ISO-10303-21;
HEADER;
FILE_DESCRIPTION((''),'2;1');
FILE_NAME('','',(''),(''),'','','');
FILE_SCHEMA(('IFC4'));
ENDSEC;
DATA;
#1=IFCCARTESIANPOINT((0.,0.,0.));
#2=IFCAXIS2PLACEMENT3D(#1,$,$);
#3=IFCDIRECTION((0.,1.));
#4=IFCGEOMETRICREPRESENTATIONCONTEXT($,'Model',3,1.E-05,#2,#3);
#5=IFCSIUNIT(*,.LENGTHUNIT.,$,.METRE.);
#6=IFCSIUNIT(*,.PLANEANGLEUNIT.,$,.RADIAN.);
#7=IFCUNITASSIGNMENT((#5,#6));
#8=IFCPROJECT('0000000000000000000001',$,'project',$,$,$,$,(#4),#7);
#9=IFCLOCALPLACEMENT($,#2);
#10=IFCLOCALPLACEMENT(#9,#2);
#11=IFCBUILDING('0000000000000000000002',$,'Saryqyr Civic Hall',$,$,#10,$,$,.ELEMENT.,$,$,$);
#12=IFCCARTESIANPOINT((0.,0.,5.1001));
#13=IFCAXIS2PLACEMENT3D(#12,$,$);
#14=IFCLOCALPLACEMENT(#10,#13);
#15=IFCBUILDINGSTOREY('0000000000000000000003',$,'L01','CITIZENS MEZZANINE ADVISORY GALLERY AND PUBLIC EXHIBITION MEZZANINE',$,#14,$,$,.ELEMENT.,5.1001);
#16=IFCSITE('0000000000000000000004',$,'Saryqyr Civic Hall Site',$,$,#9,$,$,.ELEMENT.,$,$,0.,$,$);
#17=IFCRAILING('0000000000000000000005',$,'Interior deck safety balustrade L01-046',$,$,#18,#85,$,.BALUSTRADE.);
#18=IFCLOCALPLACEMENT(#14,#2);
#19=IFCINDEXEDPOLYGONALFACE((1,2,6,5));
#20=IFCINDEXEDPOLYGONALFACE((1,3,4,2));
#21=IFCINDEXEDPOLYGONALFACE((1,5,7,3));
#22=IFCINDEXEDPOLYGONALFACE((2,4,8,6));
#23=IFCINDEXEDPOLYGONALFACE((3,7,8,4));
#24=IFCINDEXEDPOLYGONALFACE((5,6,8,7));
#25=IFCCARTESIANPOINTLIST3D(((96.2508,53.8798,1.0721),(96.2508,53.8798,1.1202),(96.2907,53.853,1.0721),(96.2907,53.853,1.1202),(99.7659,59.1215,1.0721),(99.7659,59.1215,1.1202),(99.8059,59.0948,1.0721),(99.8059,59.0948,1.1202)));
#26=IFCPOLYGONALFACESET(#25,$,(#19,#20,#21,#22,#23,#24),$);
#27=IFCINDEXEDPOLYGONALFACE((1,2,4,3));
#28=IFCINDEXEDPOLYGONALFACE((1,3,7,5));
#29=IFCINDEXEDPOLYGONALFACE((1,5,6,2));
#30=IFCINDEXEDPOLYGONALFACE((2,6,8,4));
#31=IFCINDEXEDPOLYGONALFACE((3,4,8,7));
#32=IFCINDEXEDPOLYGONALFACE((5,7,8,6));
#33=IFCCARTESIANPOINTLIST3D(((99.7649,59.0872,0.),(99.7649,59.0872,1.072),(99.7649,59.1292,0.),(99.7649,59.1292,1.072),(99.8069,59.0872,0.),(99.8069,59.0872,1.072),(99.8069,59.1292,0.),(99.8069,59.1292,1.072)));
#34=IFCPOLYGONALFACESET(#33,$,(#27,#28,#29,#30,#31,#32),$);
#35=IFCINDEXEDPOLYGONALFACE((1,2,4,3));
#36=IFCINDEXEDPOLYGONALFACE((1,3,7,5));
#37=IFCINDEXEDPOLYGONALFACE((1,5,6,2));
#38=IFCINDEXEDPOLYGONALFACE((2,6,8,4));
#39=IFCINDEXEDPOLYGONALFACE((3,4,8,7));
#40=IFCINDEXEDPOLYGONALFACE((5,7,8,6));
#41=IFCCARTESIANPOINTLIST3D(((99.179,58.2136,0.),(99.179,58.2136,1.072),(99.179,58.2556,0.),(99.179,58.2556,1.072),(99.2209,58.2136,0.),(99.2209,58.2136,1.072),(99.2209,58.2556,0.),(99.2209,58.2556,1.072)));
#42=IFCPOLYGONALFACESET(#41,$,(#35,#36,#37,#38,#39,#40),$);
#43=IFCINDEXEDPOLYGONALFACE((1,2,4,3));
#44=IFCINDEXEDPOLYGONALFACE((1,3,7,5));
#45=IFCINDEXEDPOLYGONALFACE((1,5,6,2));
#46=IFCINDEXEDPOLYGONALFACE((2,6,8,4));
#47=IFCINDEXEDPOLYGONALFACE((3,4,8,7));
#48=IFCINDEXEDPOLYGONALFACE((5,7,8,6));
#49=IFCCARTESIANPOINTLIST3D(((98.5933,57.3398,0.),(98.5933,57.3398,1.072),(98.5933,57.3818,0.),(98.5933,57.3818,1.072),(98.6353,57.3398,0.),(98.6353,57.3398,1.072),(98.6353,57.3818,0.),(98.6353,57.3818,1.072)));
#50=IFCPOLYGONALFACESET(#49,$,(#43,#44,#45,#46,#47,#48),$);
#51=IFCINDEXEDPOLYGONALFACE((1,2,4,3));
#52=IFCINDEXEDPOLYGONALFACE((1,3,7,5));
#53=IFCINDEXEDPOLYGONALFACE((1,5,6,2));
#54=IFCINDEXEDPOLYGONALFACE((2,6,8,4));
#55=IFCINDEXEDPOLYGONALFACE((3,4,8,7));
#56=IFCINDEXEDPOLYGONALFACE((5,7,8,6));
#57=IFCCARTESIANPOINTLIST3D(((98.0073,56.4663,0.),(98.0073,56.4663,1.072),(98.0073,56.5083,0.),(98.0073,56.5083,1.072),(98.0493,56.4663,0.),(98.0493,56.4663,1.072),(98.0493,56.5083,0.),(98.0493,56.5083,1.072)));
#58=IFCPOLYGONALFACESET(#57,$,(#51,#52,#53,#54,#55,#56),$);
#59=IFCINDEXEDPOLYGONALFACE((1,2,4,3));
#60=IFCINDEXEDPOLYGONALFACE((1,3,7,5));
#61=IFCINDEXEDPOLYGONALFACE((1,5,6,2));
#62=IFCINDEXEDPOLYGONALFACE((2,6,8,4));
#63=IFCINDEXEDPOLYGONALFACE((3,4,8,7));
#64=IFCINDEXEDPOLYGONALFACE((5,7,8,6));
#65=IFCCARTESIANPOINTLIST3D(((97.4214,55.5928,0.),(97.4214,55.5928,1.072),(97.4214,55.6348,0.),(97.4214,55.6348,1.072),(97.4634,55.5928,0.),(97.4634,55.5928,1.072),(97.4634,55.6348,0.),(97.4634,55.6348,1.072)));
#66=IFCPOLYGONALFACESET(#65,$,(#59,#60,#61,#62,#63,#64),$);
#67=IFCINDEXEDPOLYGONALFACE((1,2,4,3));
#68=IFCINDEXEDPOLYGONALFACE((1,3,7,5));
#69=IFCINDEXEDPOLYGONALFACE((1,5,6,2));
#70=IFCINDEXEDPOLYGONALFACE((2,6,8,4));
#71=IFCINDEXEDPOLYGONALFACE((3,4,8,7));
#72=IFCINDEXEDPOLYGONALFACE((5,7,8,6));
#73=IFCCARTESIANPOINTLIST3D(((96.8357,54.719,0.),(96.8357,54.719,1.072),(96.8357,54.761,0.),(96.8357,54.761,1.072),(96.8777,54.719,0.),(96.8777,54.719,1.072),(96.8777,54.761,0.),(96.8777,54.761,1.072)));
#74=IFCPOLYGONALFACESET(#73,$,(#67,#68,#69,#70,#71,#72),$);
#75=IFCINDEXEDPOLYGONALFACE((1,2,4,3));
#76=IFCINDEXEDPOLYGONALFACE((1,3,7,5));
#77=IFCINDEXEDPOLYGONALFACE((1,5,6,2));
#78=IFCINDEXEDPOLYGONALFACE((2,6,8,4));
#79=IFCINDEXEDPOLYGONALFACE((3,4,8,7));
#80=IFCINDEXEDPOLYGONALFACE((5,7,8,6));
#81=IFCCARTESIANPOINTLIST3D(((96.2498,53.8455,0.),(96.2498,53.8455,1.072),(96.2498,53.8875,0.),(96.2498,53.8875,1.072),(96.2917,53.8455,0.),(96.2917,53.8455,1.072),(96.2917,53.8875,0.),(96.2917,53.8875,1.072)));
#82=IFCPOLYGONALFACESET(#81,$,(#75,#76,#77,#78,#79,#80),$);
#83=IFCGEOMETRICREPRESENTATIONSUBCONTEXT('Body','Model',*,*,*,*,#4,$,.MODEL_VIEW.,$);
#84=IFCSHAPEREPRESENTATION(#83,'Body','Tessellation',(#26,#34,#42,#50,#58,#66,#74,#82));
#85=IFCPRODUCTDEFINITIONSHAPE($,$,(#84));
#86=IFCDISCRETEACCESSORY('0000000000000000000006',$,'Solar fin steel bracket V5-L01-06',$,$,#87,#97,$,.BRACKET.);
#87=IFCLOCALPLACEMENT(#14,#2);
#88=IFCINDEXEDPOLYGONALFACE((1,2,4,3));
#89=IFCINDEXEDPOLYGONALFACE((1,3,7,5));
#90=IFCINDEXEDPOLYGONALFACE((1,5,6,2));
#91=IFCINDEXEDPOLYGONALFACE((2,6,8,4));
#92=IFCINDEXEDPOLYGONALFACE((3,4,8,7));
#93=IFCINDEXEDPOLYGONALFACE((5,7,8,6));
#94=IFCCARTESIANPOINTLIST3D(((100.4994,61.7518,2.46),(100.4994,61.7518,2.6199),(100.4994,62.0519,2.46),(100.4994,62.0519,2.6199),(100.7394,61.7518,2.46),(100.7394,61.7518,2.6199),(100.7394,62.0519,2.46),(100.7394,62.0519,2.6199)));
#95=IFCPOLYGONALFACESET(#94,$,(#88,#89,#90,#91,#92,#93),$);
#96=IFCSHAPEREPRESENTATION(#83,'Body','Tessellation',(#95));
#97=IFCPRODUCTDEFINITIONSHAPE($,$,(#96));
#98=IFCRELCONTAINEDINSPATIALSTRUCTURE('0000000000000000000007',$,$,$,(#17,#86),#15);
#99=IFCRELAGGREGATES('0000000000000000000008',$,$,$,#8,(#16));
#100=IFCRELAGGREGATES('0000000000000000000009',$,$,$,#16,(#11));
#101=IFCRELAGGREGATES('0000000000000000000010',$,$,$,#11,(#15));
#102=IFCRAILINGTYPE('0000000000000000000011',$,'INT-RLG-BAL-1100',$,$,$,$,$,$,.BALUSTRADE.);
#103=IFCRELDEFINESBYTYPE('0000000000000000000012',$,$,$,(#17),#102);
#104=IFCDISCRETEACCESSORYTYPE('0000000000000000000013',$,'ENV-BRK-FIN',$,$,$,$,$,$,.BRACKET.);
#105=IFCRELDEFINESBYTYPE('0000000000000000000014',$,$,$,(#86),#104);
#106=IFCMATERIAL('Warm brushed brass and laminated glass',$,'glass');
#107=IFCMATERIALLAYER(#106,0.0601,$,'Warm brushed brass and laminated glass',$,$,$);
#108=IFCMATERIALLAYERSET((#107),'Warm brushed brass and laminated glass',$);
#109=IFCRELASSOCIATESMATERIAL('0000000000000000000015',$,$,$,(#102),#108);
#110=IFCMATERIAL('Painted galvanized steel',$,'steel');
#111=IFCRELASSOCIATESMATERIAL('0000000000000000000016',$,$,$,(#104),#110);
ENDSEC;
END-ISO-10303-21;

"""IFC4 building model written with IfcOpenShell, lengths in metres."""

from ifc_helpers import new_model, si_unit, direction, frame, origin, origin_2d, place, context, subcontext, project, spatial, rectangle, extrude, material, layer, layer_set, type_object, element, save


model = new_model("IFC4")

# Units and contexts
model_context = context("Model", 3, precision=1e-05, world=origin(), true_north=direction((0.0, 1.0)))
body_context = subcontext(model_context, "Body", "Model", "MODEL_VIEW")
ifc_project = project(units=[si_unit("LENGTHUNIT", "METRE"), si_unit("PLANEANGLEUNIT", "RADIAN")], contexts=[model_context])

# Site, building, storey
site_placement = place(None, origin())
site = spatial("IfcSite", under=ifc_project, at=site_placement, Name="Saryqyr Civic Hall Site", CompositionType="ELEMENT", RefElevation=0.0)
building_placement = place(site_placement, origin())
building = spatial("IfcBuilding", under=site, at=building_placement, Name="Saryqyr Civic Hall", CompositionType="ELEMENT")
storey_placement = place(building_placement, frame((0.0, 0.0, 5.1001)))
storey = spatial("IfcBuildingStorey", under=building, at=storey_placement, Name="L01", Description="CITIZENS MEZZANINE ADVISORY GALLERY AND PUBLIC EXHIBITION MEZZANINE", CompositionType="ELEMENT", Elevation=5.1001)

# Railing
ifc_material_1 = material(Name="Warm brushed brass and laminated glass", Category="glass")
ifc_layer_1 = layer(ifc_material_1, 0.0601, Name="Warm brushed brass and laminated glass")
ifc_layer_set_1 = layer_set([ifc_layer_1], Name="Warm brushed brass and laminated glass")
railing_type = type_object("IfcRailingType", Name="INT-RLG-BAL-1100", PredefinedType="BALUSTRADE", material=ifc_layer_set_1)
railing_1_placement = place(storey_placement, frame((99.7859, 59.1082, 0.0)))
element("IfcRailing", 1, at=railing_1_placement, inside=storey, type_object=railing_type, Name="Interior deck safety balustrade L01-046", PredefinedType="BALUSTRADE", context=body_context, shape_type="SweptSolid", body=[
    extrude(rectangle(XDim=0.0481, YDim=0.0481, at=origin_2d()), frame((0.0, 0.0, 1.0962), z_axis=(-0.556966, -0.830536, 0.0), x_axis=(0.830536, -0.556966, 0.0)), (0.0, 0.0, 1.0), 6.3113),
    extrude(rectangle(XDim=0.042, YDim=0.042, at=origin_2d()), origin(), (0.0, 0.0, 1.0), 1.072),
    extrude(rectangle(XDim=0.042, YDim=0.042, at=origin_2d()), frame((-0.5859, -0.8735, 0.0)), (0.0, 0.0, 1.0), 1.072),
    extrude(rectangle(XDim=0.042, YDim=0.042, at=origin_2d()), frame((-1.1716, -1.7473, 0.0)), (0.0, 0.0, 1.0), 1.072),
    extrude(rectangle(XDim=0.042, YDim=0.042, at=origin_2d()), frame((-1.7576, -2.6208, 0.0)), (0.0, 0.0, 1.0), 1.072),
    extrude(rectangle(XDim=0.042, YDim=0.042, at=origin_2d()), frame((-2.3435, -3.4944, 0.0)), (0.0, 0.0, 1.0), 1.072),
    extrude(rectangle(XDim=0.042, YDim=0.042, at=origin_2d()), frame((-2.9292, -4.3682, 0.0)), (0.0, 0.0, 1.0), 1.072),
    extrude(rectangle(XDim=0.042, YDim=0.042, at=origin_2d()), frame((-3.5151, -5.2417, 0.0)), (0.0, 0.0, 1.0), 1.072),
])

# Discrete accessory
ifc_material_2 = material(Name="Painted galvanized steel", Category="steel")
discrete_accessory_type = type_object("IfcDiscreteAccessoryType", Name="ENV-BRK-FIN", PredefinedType="BRACKET", material=ifc_material_2)
discrete_accessory_placement = place(storey_placement, frame((100.6194, 61.9019, 2.46), z_axis=(0.0, 0.0, 1.0), x_axis=(1.0, 0.0, 0.0)))
element("IfcDiscreteAccessory", 2, at=discrete_accessory_placement, inside=storey, type_object=discrete_accessory_type, Name="Solar fin steel bracket V5-L01-06", PredefinedType="BRACKET", context=body_context, shape_type="SweptSolid", body=[
    extrude(rectangle(XDim=0.24, YDim=0.3, at=origin_2d()), origin(), (0.0, 0.0, 1.0), 0.1599),
])

save(model, "model.ifc")
